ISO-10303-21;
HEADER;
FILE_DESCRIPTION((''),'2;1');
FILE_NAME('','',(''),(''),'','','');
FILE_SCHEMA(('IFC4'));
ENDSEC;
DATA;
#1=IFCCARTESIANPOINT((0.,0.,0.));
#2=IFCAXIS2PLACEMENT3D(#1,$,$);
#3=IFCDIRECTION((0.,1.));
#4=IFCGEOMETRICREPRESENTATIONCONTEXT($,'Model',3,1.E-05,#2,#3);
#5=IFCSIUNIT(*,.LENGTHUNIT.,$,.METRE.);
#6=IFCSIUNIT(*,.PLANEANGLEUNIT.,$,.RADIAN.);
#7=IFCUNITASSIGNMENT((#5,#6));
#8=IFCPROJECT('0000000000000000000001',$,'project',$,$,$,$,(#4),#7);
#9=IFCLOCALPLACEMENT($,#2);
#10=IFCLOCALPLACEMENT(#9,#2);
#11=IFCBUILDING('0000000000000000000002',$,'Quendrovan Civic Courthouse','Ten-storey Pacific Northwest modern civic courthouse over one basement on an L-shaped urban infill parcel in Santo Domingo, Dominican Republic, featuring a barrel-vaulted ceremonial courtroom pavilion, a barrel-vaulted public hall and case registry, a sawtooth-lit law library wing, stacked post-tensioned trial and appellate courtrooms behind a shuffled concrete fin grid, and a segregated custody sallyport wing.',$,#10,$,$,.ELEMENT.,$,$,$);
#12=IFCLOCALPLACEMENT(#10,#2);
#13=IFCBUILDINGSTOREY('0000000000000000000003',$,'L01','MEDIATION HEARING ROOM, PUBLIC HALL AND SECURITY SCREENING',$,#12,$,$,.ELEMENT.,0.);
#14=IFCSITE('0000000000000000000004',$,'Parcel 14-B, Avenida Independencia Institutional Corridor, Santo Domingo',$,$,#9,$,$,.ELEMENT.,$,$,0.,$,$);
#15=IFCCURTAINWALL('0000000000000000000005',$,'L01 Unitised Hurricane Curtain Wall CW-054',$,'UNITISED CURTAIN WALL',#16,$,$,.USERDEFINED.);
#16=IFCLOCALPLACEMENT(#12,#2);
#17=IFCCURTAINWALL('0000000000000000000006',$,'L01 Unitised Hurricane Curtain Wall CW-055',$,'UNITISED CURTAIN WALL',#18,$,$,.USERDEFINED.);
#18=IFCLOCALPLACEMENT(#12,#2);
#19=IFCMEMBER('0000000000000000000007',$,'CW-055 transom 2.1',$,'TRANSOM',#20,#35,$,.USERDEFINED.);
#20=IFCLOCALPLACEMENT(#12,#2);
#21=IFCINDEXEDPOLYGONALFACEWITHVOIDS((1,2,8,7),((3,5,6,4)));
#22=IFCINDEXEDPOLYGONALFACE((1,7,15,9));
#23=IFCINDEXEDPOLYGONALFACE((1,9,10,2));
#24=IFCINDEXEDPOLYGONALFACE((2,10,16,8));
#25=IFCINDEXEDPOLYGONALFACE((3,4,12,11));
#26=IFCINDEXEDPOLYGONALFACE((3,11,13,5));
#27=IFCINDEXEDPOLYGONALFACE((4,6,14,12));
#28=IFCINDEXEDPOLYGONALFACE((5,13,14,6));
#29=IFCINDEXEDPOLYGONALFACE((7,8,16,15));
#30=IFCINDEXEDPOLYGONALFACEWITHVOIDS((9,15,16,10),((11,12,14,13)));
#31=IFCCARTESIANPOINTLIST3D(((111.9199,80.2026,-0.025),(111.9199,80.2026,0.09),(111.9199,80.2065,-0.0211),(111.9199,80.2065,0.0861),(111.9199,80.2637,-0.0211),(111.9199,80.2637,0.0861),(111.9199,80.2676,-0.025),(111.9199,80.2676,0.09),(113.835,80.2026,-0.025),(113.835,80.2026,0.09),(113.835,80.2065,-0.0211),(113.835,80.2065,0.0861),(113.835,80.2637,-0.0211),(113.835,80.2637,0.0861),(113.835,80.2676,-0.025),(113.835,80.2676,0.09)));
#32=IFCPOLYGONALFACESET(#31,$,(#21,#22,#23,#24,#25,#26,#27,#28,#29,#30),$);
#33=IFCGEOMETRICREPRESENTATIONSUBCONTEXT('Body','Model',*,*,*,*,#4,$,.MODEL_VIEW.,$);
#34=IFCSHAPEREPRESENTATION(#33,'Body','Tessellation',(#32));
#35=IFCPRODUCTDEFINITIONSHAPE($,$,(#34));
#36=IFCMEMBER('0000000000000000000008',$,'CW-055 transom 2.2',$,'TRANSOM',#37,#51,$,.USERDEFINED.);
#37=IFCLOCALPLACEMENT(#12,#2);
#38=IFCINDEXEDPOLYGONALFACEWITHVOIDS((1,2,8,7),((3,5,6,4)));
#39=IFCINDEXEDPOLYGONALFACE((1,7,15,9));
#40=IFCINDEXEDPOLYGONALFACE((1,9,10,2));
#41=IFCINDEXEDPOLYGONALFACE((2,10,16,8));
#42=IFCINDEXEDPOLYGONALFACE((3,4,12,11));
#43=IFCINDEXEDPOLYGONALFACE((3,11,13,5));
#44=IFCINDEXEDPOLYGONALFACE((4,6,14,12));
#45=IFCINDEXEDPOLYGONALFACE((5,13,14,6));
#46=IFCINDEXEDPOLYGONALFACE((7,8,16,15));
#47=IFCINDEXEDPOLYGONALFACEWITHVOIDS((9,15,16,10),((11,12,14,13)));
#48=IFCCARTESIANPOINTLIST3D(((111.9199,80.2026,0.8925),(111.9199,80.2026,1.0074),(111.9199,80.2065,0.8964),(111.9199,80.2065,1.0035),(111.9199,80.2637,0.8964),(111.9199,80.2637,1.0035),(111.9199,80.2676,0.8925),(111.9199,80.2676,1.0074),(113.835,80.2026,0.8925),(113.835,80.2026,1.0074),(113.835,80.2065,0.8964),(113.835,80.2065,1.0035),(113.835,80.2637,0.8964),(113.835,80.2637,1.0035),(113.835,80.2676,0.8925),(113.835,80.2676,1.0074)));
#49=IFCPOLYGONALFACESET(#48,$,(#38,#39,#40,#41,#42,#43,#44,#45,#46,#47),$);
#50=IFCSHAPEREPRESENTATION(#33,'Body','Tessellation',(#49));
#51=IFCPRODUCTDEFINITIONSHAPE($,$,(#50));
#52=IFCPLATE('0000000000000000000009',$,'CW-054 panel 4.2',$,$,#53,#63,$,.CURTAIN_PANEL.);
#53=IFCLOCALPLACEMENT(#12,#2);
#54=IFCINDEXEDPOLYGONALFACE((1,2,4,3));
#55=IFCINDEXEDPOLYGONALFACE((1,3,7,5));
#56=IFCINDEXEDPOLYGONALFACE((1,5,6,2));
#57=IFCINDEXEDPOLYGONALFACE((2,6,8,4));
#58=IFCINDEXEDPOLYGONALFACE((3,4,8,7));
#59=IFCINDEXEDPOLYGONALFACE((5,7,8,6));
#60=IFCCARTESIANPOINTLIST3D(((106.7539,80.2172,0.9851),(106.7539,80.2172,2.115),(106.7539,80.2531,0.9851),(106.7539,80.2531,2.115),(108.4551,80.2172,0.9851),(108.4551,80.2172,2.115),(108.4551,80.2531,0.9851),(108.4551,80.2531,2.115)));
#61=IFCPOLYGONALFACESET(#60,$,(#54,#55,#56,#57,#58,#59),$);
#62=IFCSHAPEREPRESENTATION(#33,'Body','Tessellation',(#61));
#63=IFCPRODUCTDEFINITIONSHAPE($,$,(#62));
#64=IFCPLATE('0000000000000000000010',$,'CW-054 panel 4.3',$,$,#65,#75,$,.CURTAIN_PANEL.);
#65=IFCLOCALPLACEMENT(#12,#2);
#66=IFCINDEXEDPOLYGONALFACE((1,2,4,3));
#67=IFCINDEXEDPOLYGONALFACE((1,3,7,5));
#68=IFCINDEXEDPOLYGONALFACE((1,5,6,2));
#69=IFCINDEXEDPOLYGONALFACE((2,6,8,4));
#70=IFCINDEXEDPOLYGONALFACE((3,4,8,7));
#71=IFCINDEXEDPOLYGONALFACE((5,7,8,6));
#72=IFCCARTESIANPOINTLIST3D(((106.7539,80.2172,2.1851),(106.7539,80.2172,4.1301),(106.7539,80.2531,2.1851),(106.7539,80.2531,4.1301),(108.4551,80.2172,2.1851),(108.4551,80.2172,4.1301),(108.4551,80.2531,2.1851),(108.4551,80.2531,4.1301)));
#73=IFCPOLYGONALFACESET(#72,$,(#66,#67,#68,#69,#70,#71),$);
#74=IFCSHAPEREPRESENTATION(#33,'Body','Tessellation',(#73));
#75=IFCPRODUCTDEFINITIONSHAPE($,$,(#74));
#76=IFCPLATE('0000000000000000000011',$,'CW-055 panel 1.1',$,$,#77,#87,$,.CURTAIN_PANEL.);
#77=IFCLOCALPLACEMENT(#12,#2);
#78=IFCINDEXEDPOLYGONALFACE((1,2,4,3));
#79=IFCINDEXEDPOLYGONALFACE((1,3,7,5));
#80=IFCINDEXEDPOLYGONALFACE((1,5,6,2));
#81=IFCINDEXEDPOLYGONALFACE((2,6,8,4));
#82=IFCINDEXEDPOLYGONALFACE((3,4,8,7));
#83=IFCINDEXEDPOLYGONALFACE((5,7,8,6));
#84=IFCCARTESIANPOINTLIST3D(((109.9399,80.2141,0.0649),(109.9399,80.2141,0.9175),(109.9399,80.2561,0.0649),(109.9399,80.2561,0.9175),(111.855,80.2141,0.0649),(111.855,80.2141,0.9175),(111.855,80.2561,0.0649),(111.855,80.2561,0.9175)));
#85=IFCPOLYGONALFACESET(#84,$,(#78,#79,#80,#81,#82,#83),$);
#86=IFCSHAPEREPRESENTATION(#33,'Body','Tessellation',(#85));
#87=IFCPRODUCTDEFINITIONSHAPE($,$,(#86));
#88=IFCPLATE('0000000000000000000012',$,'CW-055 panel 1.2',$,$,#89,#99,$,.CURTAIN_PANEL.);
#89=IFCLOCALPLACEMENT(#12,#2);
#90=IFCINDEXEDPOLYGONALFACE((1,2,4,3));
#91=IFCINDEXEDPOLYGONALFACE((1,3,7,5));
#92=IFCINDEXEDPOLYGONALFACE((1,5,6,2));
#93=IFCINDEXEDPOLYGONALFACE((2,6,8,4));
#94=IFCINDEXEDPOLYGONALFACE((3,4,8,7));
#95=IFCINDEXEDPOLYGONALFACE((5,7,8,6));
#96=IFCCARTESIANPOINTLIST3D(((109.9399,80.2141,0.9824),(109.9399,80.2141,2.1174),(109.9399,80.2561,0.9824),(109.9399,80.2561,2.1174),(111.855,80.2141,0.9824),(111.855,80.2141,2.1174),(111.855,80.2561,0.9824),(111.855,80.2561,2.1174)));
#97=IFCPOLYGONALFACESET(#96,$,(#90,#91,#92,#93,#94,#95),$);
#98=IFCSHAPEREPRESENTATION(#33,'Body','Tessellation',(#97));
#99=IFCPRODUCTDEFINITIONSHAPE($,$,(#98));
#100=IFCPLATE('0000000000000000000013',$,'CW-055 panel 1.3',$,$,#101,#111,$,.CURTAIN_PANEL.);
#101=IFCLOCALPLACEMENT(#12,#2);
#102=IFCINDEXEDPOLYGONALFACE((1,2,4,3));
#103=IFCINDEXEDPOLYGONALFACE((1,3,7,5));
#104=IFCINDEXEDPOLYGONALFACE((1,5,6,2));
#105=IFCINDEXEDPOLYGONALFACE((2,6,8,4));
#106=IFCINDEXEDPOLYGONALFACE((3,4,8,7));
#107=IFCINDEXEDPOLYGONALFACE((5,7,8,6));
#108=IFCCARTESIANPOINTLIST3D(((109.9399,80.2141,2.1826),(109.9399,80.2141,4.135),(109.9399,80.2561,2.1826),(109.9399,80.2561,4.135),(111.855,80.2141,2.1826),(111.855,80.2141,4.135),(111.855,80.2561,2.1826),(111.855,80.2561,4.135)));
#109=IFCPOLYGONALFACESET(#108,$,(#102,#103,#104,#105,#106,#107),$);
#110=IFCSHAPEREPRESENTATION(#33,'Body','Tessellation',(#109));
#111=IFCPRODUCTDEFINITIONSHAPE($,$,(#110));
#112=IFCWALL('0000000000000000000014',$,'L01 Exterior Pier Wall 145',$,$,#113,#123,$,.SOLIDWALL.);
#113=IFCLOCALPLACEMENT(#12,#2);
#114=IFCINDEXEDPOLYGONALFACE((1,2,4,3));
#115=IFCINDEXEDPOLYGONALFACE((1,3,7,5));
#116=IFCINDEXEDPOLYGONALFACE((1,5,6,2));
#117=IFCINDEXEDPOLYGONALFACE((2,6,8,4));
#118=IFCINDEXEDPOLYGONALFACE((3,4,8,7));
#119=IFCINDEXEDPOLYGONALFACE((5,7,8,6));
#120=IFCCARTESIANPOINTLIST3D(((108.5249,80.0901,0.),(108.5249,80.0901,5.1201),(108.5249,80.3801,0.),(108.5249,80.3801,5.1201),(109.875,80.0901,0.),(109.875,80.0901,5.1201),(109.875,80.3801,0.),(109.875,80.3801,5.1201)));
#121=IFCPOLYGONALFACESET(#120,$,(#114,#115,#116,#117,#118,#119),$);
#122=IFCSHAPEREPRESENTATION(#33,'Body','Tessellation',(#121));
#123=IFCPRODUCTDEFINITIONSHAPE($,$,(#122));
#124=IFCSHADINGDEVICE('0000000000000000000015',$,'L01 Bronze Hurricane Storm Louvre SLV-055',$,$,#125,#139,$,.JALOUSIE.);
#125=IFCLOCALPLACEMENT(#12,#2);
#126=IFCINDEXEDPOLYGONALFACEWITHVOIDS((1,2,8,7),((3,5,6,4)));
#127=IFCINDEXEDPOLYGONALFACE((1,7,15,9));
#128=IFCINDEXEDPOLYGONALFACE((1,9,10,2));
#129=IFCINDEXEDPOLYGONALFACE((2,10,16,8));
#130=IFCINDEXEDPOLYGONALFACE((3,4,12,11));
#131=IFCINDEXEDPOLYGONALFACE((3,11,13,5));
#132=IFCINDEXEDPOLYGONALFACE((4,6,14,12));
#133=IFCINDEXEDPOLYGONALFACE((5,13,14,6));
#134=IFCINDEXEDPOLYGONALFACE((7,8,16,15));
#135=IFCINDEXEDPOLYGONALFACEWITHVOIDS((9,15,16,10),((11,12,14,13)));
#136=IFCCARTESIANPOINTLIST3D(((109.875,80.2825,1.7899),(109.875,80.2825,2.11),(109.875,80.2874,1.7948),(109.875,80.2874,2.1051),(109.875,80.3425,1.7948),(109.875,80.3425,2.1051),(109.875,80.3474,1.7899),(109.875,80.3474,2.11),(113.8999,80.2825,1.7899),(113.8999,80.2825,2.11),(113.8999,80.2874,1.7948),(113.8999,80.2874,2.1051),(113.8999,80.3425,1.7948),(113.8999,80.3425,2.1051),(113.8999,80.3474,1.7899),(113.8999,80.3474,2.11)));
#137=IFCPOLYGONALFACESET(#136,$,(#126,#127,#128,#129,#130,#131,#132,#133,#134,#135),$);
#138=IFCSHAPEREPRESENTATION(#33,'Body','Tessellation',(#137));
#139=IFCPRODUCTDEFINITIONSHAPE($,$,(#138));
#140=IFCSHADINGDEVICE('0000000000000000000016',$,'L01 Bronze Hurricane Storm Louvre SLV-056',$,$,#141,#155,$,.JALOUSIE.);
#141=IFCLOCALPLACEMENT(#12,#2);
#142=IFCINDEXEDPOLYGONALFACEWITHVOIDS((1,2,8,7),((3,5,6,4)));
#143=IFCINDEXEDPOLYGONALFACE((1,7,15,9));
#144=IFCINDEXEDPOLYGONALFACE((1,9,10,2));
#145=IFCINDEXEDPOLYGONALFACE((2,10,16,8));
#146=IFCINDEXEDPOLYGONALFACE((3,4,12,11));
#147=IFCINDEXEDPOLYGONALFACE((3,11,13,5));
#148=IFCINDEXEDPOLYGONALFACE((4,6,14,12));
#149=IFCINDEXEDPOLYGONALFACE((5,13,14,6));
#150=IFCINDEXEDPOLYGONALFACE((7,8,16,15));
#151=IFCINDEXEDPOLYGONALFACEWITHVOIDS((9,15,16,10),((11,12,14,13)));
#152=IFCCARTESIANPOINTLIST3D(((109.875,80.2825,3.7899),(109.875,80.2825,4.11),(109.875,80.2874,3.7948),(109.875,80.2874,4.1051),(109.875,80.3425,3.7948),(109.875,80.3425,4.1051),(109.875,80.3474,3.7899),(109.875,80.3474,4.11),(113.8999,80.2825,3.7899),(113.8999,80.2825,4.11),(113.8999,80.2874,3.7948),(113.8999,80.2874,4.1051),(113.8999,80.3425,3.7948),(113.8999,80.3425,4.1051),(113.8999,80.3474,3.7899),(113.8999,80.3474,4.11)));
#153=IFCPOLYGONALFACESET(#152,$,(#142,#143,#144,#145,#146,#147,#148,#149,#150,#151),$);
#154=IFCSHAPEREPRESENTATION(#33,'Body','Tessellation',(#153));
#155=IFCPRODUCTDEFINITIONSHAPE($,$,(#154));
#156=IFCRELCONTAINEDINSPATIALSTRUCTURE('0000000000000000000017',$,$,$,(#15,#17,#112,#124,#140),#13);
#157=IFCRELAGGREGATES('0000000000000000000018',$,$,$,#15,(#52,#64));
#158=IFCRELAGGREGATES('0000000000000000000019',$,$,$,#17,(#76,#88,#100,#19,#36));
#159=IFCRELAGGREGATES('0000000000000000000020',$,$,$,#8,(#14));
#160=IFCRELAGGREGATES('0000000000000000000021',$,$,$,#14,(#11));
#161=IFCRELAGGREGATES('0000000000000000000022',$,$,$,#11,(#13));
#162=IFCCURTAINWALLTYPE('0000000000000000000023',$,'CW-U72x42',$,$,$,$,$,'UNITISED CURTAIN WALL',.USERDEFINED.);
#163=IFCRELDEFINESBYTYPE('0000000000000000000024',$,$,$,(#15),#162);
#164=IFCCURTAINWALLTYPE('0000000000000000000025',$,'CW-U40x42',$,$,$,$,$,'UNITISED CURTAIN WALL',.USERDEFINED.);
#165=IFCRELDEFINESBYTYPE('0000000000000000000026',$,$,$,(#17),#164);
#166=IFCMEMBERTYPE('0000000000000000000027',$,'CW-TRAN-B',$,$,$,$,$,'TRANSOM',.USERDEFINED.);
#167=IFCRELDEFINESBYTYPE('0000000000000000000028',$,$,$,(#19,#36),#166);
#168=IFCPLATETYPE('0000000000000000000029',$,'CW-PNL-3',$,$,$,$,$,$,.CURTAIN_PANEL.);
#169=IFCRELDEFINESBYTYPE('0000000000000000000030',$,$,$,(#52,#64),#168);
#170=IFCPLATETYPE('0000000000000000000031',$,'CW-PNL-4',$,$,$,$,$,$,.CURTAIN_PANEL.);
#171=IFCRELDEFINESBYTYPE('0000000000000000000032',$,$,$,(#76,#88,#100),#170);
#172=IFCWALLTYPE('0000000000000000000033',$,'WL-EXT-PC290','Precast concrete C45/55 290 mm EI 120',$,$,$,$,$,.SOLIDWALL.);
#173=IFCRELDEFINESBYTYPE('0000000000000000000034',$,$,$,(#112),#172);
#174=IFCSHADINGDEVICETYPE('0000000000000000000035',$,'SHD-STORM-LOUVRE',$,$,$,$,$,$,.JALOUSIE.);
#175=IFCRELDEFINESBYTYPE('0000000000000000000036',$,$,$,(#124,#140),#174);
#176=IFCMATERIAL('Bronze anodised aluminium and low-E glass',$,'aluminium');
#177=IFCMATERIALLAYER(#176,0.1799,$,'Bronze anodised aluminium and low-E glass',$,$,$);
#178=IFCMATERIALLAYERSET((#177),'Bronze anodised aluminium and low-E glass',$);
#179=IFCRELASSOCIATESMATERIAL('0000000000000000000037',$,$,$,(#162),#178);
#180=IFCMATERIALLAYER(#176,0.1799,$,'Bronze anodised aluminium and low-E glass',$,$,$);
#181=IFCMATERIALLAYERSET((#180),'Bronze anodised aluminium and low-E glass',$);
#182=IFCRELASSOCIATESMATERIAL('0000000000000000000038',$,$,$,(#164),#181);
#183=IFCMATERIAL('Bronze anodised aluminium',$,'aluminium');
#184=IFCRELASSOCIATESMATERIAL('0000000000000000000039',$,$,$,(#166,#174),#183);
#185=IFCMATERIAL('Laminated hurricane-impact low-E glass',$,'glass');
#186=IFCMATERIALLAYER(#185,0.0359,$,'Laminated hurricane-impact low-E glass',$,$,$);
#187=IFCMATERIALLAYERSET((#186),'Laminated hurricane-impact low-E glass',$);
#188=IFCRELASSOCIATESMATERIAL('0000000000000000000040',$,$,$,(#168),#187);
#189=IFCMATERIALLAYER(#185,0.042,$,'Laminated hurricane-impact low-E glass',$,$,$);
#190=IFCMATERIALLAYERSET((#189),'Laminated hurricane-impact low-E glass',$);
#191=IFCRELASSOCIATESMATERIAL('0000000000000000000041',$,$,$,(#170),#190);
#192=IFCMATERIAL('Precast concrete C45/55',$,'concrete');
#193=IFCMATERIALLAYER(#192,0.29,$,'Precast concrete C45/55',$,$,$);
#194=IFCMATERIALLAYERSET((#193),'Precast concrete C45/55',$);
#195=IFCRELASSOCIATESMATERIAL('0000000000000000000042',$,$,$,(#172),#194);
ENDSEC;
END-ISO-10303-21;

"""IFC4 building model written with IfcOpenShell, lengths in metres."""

from ifc_helpers import new_model, si_unit, direction, frame, frame_2d, origin, origin_2d, place, context, subcontext, project, spatial, rectangle, hollow_rectangle, extrude, material, layer, layer_set, material_profile, profile_set, type_object, element, aggregate, save


model = new_model("IFC4")

# Units and contexts
model_context = context("Model", 3, precision=1e-05, world=origin(), true_north=direction((0.0, 1.0)))
body_context = subcontext(model_context, "Body", "Model", "MODEL_VIEW")
ifc_project = project(units=[si_unit("LENGTHUNIT", "METRE"), si_unit("PLANEANGLEUNIT", "RADIAN")], contexts=[model_context])

# Site, building, storey
site_placement = place(None, origin())
site = spatial("IfcSite", under=ifc_project, at=site_placement, Name="Parcel 14-B, Avenida Independencia Institutional Corridor, Santo Domingo", CompositionType="ELEMENT", RefElevation=0.0)
building_placement = place(site_placement, origin())
building = spatial("IfcBuilding", under=site, at=building_placement, Name="Quendrovan Civic Courthouse", Description="Ten-storey Pacific Northwest modern civic courthouse over one basement on an L-shaped urban infill parcel in Santo Domingo, Dominican Republic, featuring a barrel-vaulted ceremonial courtroom pavilion, a barrel-vaulted public hall and case registry, a sawtooth-lit law library wing, stacked post-tensioned trial and appellate courtrooms behind a shuffled concrete fin grid, and a segregated custody sallyport wing.", CompositionType="ELEMENT")
storey_placement = place(building_placement, origin())
storey = spatial("IfcBuildingStorey", under=building, at=storey_placement, Name="L01", Description="MEDIATION HEARING ROOM, PUBLIC HALL AND SECURITY SCREENING", CompositionType="ELEMENT", Elevation=0.0)

# Curtain wall
ifc_material_1 = material(Name="Bronze anodised aluminium and low-E glass", Category="aluminium")
ifc_layer_1 = layer(ifc_material_1, 0.1799, Name="Bronze anodised aluminium and low-E glass")
ifc_layer_set_1 = layer_set([ifc_layer_1], Name="Bronze anodised aluminium and low-E glass")
curtain_wall_type_1 = type_object("IfcCurtainWallType", Name="CW-U72x42", ElementType="UNITISED CURTAIN WALL", PredefinedType="USERDEFINED", material=ifc_layer_set_1)
curtain_wall_1_placement = place(storey_placement, origin())
curtain_wall_1 = element("IfcCurtainWall", 1, at=curtain_wall_1_placement, inside=storey, type_object=curtain_wall_type_1, Name="L01 Unitised Hurricane Curtain Wall CW-054", ObjectType="UNITISED CURTAIN WALL", PredefinedType="USERDEFINED")
ifc_material_2 = material(Name="Bronze anodised aluminium", Category="aluminium")

# Curtain wall, members
ifc_layer_2 = layer(ifc_material_1, 0.1799, Name="Bronze anodised aluminium and low-E glass")
ifc_layer_set_2 = layer_set([ifc_layer_2], Name="Bronze anodised aluminium and low-E glass")
curtain_wall_type_2 = type_object("IfcCurtainWallType", Name="CW-U40x42", ElementType="UNITISED CURTAIN WALL", PredefinedType="USERDEFINED", material=ifc_layer_set_2)
curtain_wall_2_placement = place(storey_placement, origin())
curtain_wall_2 = element("IfcCurtainWall", 2, at=curtain_wall_2_placement, inside=storey, type_object=curtain_wall_type_2, Name="L01 Unitised Hurricane Curtain Wall CW-055", ObjectType="UNITISED CURTAIN WALL", PredefinedType="USERDEFINED")
ifc_material_profile_1 = material_profile(ifc_material_2, hollow_rectangle(XDim=0.0649, YDim=0.115, WallThickness=0.0039, at=origin_2d()), Name="CW-TRAN-65x115")
ifc_profile_set_1 = profile_set([ifc_material_profile_1], Name="Bronze anodised aluminium")
member_type_1 = type_object("IfcMemberType", Name="CW-TRAN-B", ElementType="TRANSOM", PredefinedType="USERDEFINED", material=ifc_profile_set_1)
member_1_placement = place(storey_placement, frame((111.9199, 80.2351, 0.0325), z_axis=(1.0, 0.0, 0.0), x_axis=(0.0, 1.0, 0.0)))
member_1 = element("IfcMember", 3, at=member_1_placement, type_object=member_type_1, Name="CW-055 transom 2.1", ObjectType="TRANSOM", PredefinedType="USERDEFINED", context=body_context, shape_type="SweptSolid", body=[
    extrude(hollow_rectangle(XDim=0.0649, YDim=0.115, WallThickness=0.0039, at=origin_2d()), origin(), (0.0, 0.0, 1.0), 1.915),
])
member_2_placement = place(storey_placement, frame((111.9199, 80.2351, 0.95), z_axis=(1.0, 0.0, 0.0), x_axis=(0.0, 1.0, 0.0)))
member_2 = element("IfcMember", 4, at=member_2_placement, type_object=member_type_1, Name="CW-055 transom 2.2", ObjectType="TRANSOM", PredefinedType="USERDEFINED", context=body_context, shape_type="SweptSolid", body=[
    extrude(hollow_rectangle(XDim=0.0649, YDim=0.115, WallThickness=0.0039, at=origin_2d()), origin(), (0.0, 0.0, 1.0), 1.915),
])

# Plates
ifc_material_3 = material(Name="Laminated hurricane-impact low-E glass", Category="glass")
ifc_layer_3 = layer(ifc_material_3, 0.0359, Name="Laminated hurricane-impact low-E glass")
ifc_layer_set_3 = layer_set([ifc_layer_3], Name="Laminated hurricane-impact low-E glass")
plate_type_1 = type_object("IfcPlateType", Name="CW-PNL-3", PredefinedType="CURTAIN_PANEL", material=ifc_layer_set_3)
plate_1_placement = place(storey_placement, frame((107.6045, 80.2351, 0.9851), z_axis=(0.0, 0.0, 1.0), x_axis=(1.0, 0.0, 0.0)))
plate_1 = element("IfcPlate", 5, at=plate_1_placement, type_object=plate_type_1, Name="CW-054 panel 4.2", PredefinedType="CURTAIN_PANEL", context=body_context, shape_type="SweptSolid", body=[
    extrude(rectangle(XDim=1.7012, YDim=0.0359, at=origin_2d()), origin(), (0.0, 0.0, 1.0), 1.1299),
])
plate_2_placement = place(storey_placement, frame((107.6045, 80.2351, 2.1851), z_axis=(0.0, 0.0, 1.0), x_axis=(1.0, 0.0, 0.0)))
plate_2 = element("IfcPlate", 6, at=plate_2_placement, type_object=plate_type_1, Name="CW-054 panel 4.3", PredefinedType="CURTAIN_PANEL", context=body_context, shape_type="SweptSolid", body=[
    extrude(rectangle(XDim=1.7012, YDim=0.0359, at=origin_2d()), origin(), (0.0, 0.0, 1.0), 1.9451),
])
aggregate(curtain_wall_1, [plate_1, plate_2])
ifc_layer_4 = layer(ifc_material_3, 0.042, Name="Laminated hurricane-impact low-E glass")
ifc_layer_set_4 = layer_set([ifc_layer_4], Name="Laminated hurricane-impact low-E glass")
plate_type_2 = type_object("IfcPlateType", Name="CW-PNL-4", PredefinedType="CURTAIN_PANEL", material=ifc_layer_set_4)
plate_3_placement = place(storey_placement, frame((110.8975, 80.2351, 0.0649), z_axis=(0.0, 0.0, 1.0), x_axis=(1.0, 0.0, 0.0)))
plate_3 = element("IfcPlate", 7, at=plate_3_placement, type_object=plate_type_2, Name="CW-055 panel 1.1", PredefinedType="CURTAIN_PANEL", context=body_context, shape_type="SweptSolid", body=[
    extrude(rectangle(XDim=1.915, YDim=0.042, at=origin_2d()), origin(), (0.0, 0.0, 1.0), 0.8525),
])
plate_4_placement = place(storey_placement, frame((110.8975, 80.2351, 0.9824), z_axis=(0.0, 0.0, 1.0), x_axis=(1.0, 0.0, 0.0)))
plate_4 = element("IfcPlate", 8, at=plate_4_placement, type_object=plate_type_2, Name="CW-055 panel 1.2", PredefinedType="CURTAIN_PANEL", context=body_context, shape_type="SweptSolid", body=[
    extrude(rectangle(XDim=1.915, YDim=0.042, at=origin_2d()), origin(), (0.0, 0.0, 1.0), 1.135),
])
plate_5_placement = place(storey_placement, frame((110.8975, 80.2351, 2.1826), z_axis=(0.0, 0.0, 1.0), x_axis=(1.0, 0.0, 0.0)))
plate_5 = element("IfcPlate", 9, at=plate_5_placement, type_object=plate_type_2, Name="CW-055 panel 1.3", PredefinedType="CURTAIN_PANEL", context=body_context, shape_type="SweptSolid", body=[
    extrude(rectangle(XDim=1.915, YDim=0.042, at=origin_2d()), origin(), (0.0, 0.0, 1.0), 1.9524),
])
aggregate(curtain_wall_2, [plate_3, plate_4, plate_5, member_1, member_2])

# Wall
ifc_material_4 = material(Name="Precast concrete C45/55", Category="concrete")
ifc_layer_5 = layer(ifc_material_4, 0.29, Name="Precast concrete C45/55")
ifc_layer_set_5 = layer_set([ifc_layer_5], Name="Precast concrete C45/55")
wall_type = type_object("IfcWallType", Name="WL-EXT-PC290", Description="Precast concrete C45/55 290 mm EI 120", PredefinedType="SOLIDWALL", material=ifc_layer_set_5)
wall_placement = place(storey_placement, frame((108.5249, 80.2351, 0.0), z_axis=(0.0, 0.0, 1.0), x_axis=(1.0, 0.0, 0.0)))
element("IfcWall", 10, at=wall_placement, inside=storey, type_object=wall_type, Name="L01 Exterior Pier Wall 145", PredefinedType="SOLIDWALL", context=body_context, shape_type="SweptSolid", body=[
    extrude(rectangle(XDim=1.3501, YDim=0.29, at=frame_2d((0.675, 0.0))), origin(), (0.0, 0.0, 1.0), 5.1201),
])

# Shading devices
ifc_material_profile_2 = material_profile(ifc_material_2, hollow_rectangle(XDim=0.0649, YDim=0.3201, WallThickness=0.0049, at=origin_2d()), Name="AL-LOUVRE-65x320")
ifc_profile_set_2 = profile_set([ifc_material_profile_2], Name="Bronze anodised aluminium")
shading_device_type = type_object("IfcShadingDeviceType", Name="SHD-STORM-LOUVRE", PredefinedType="JALOUSIE", material=ifc_profile_set_2)
for number, where, z_axis, x_axis, name in (
    (11, (109.875, 80.3149, 1.95), (1.0, 0.0, 0.0), (0.0, 1.0, 0.0), "L01 Bronze Hurricane Storm Louvre SLV-055"),
    (12, (109.875, 80.3149, 3.95), (1.0, 0.0, 0.0), (0.0, 1.0, 0.0), "L01 Bronze Hurricane Storm Louvre SLV-056"),
):
    element("IfcShadingDevice", number, at=place(storey_placement, frame(where, z_axis=z_axis, x_axis=x_axis)), inside=storey, type_object=shading_device_type, Name=name, PredefinedType="JALOUSIE", context=body_context, shape_type="SweptSolid", body=[
        extrude(hollow_rectangle(XDim=0.0649, YDim=0.3201, WallThickness=0.0049, at=origin_2d()), origin(), (0.0, 0.0, 1.0), 4.0249),
    ])

save(model, "model.ifc")
